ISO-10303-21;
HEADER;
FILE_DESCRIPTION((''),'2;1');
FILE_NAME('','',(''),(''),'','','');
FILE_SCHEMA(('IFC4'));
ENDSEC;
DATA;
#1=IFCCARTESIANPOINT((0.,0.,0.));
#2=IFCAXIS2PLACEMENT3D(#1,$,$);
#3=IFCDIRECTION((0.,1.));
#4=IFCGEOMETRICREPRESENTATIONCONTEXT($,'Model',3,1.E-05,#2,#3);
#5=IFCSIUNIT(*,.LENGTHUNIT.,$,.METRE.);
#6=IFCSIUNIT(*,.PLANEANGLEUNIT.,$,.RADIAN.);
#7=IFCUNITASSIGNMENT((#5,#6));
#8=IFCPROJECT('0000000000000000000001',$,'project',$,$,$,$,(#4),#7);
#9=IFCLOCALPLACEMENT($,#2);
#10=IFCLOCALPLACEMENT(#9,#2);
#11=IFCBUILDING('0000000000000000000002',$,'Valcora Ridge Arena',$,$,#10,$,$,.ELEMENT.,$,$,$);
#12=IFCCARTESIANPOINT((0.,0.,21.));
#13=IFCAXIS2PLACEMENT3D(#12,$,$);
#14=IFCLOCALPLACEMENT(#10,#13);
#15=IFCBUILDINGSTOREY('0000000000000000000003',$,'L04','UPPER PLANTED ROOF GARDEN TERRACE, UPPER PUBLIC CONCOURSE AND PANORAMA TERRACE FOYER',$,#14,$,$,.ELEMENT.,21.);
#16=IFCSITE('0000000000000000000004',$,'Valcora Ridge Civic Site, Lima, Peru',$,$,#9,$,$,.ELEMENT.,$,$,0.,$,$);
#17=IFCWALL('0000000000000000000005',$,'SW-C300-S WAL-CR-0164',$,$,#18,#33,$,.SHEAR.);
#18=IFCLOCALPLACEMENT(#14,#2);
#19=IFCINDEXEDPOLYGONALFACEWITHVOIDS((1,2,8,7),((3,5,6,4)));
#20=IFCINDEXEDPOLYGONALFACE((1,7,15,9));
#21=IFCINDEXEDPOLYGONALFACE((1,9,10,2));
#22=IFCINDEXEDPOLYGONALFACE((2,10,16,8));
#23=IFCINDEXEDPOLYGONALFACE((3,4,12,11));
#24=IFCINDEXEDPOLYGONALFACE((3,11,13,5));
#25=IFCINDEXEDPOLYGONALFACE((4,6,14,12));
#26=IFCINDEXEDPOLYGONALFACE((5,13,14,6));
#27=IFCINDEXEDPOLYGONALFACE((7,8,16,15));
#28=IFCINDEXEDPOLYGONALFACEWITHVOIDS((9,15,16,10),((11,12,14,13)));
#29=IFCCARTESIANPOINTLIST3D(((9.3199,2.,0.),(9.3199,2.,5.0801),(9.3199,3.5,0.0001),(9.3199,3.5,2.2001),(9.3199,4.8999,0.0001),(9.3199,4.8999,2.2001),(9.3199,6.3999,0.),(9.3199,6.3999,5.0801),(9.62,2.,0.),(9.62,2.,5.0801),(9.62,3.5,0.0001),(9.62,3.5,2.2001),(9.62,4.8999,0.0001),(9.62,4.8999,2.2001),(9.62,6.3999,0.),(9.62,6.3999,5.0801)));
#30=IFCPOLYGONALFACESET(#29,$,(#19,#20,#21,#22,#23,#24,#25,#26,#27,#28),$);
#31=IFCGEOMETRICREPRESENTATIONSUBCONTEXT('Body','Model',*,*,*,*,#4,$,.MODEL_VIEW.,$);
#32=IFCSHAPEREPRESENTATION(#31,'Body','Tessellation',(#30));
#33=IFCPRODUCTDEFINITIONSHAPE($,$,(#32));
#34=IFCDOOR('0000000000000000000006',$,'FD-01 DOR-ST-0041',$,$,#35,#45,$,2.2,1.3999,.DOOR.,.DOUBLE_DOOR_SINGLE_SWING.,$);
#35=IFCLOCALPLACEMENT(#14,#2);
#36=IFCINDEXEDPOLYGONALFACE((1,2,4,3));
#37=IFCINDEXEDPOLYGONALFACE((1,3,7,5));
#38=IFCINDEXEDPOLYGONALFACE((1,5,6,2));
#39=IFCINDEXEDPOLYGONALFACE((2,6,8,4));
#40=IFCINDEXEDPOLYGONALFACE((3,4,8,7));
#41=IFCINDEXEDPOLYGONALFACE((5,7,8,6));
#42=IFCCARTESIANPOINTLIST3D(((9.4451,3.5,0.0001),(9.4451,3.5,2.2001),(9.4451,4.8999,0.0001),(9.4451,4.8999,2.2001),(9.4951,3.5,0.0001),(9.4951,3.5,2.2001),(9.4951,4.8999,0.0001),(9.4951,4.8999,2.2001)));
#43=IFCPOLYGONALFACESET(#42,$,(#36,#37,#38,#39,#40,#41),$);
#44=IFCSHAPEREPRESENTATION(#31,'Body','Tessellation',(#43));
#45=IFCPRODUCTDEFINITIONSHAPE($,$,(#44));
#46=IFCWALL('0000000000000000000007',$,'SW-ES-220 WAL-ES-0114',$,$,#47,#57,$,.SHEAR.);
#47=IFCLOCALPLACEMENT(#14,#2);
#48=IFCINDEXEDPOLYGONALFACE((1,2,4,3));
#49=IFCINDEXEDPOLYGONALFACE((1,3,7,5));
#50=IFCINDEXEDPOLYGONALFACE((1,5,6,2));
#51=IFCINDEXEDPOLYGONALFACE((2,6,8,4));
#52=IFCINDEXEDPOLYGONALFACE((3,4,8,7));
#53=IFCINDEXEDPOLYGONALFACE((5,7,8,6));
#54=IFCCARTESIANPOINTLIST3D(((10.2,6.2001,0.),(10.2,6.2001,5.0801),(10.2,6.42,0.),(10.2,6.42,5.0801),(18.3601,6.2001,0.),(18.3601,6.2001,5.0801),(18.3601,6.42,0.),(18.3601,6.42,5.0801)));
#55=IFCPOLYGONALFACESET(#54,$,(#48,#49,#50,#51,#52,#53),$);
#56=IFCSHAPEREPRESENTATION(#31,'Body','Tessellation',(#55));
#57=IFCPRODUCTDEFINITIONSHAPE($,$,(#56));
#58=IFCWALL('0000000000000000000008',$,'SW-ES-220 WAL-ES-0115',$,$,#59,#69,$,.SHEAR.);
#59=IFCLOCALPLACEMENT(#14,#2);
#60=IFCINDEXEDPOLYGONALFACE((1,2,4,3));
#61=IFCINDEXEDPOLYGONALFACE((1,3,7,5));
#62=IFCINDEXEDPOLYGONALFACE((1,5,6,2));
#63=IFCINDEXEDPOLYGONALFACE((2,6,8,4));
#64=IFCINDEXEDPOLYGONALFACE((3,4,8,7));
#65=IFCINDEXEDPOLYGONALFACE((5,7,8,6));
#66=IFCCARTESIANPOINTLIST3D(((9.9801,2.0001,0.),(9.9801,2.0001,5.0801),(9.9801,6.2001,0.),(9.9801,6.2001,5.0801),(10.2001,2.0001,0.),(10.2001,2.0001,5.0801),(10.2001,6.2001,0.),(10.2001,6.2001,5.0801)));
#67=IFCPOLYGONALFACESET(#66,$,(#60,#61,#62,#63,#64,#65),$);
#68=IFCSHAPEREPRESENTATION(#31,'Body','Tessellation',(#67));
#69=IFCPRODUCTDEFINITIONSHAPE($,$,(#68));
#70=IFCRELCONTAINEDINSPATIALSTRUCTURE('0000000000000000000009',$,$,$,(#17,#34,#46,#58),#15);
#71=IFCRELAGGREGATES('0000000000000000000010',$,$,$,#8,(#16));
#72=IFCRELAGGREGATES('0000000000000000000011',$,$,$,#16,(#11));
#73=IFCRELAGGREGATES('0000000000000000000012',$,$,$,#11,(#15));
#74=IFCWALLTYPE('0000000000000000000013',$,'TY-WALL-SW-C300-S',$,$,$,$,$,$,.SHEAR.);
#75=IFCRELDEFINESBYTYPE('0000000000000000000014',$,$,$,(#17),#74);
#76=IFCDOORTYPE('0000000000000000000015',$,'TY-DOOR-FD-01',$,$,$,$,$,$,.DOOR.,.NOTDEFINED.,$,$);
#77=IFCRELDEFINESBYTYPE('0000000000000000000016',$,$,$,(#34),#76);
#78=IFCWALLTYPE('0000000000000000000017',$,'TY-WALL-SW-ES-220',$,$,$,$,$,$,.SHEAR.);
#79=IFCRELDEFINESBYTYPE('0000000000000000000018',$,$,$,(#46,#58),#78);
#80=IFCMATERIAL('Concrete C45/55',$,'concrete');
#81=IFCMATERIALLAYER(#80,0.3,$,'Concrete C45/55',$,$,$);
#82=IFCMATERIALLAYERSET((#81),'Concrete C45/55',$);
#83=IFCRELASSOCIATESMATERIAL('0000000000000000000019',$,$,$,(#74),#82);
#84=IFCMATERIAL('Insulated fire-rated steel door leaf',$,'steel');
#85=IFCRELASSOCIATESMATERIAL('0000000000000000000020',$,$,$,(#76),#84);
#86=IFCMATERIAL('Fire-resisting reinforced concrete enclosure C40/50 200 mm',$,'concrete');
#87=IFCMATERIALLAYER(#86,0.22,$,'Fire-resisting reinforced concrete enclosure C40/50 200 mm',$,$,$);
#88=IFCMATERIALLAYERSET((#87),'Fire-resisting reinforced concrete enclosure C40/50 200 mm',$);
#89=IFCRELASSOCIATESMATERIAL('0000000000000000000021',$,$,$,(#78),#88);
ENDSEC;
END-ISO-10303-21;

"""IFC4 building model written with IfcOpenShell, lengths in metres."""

from ifc_helpers import new_model, si_unit, direction, frame, frame_2d, origin, place, context, subcontext, project, spatial, rectangle, extrude, material, layer, layer_set, type_object, element, fill, save


model = new_model("IFC4")

# Units and contexts
model_context = context("Model", 3, precision=1e-05, world=origin(), true_north=direction((0.0, 1.0)))
body_context = subcontext(model_context, "Body", "Model", "MODEL_VIEW")
ifc_project = project(units=[si_unit("LENGTHUNIT", "METRE"), si_unit("PLANEANGLEUNIT", "RADIAN")], contexts=[model_context])

# Site, building, storey
site_placement = place(None, origin())
site = spatial("IfcSite", under=ifc_project, at=site_placement, Name="Valcora Ridge Civic Site, Lima, Peru", CompositionType="ELEMENT", RefElevation=0.0)
building_placement = place(site_placement, origin())
building = spatial("IfcBuilding", under=site, at=building_placement, Name="Valcora Ridge Arena", CompositionType="ELEMENT")
storey_placement = place(building_placement, frame((0.0, 0.0, 21.0)))
storey = spatial("IfcBuildingStorey", under=building, at=storey_placement, Name="L04", Description="UPPER PLANTED ROOF GARDEN TERRACE, UPPER PUBLIC CONCOURSE AND PANORAMA TERRACE FOYER", CompositionType="ELEMENT", Elevation=21.0)

# Shared definitions
ifc_material_1 = material(Name="Concrete C45/55", Category="concrete")
ifc_layer_1 = layer(ifc_material_1, 0.3, Name="Concrete C45/55")
ifc_layer_set_1 = layer_set([ifc_layer_1], Name="Concrete C45/55")
wall_type_1 = type_object("IfcWallType", Name="TY-WALL-SW-C300-S", PredefinedType="SHEAR", material=ifc_layer_set_1)

# Wall, opening, door
wall_1_placement = place(storey_placement, frame((9.47, 2.0, 0.0), z_axis=(0.0, 0.0, 1.0), x_axis=(0.0, 1.0, 0.0)))
wall_1 = element("IfcWall", 1, at=wall_1_placement, inside=storey, type_object=wall_type_1, Name="SW-C300-S WAL-CR-0164", PredefinedType="SHEAR", context=body_context, shape_type="SweptSolid", body=[
    extrude(rectangle(XDim=4.3999, YDim=0.3, at=frame_2d((2.2, 0.0))), origin(), (0.0, 0.0, 1.0), 5.0801),
])
opening_placement = place(wall_1_placement, frame((1.5, 0.0, 0.0)))
opening = element("IfcOpeningElement", 2, at=opening_placement, cuts=wall_1, PredefinedType="OPENING", context=body_context, shape_type="SweptSolid", body=[
    extrude(rectangle(XDim=1.3999, YDim=2.2, at=frame_2d((0.7, 1.1001))), frame((0.0, 0.1599, 0.0), z_axis=(0.0, -1.0, 0.0), x_axis=(1.0, 0.0, 0.0)), (0.0, 0.0, 1.0), 0.3201),
])
ifc_material_2 = material(Name="Insulated fire-rated steel door leaf", Category="steel")
door_type = type_object("IfcDoorType", Name="TY-DOOR-FD-01", OperationType="NOTDEFINED", PredefinedType="DOOR", material=ifc_material_2)
door_placement = place(opening_placement, origin())
door = element("IfcDoor", 3, at=door_placement, inside=storey, type_object=door_type, Name="FD-01 DOR-ST-0041", OperationType="DOUBLE_DOOR_SINGLE_SWING", OverallHeight=2.2, OverallWidth=1.3999, PredefinedType="DOOR", context=body_context, shape_type="SweptSolid", body=[
    extrude(rectangle(XDim=1.3999, YDim=2.2, at=frame_2d((0.7, 1.1001))), frame((0.0, 0.0249, 0.0), z_axis=(0.0, -1.0, 0.0), x_axis=(1.0, 0.0, 0.0)), (0.0, 0.0, 1.0), 0.05),
])
fill(opening, door)

# Walls
ifc_material_3 = material(Name="Fire-resisting reinforced concrete enclosure C40/50 200 mm", Category="concrete")
ifc_layer_2 = layer(ifc_material_3, 0.22, Name="Fire-resisting reinforced concrete enclosure C40/50 200 mm")
ifc_layer_set_2 = layer_set([ifc_layer_2], Name="Fire-resisting reinforced concrete enclosure C40/50 200 mm")
wall_type_2 = type_object("IfcWallType", Name="TY-WALL-SW-ES-220", PredefinedType="SHEAR", material=ifc_layer_set_2)
wall_2_placement = place(storey_placement, frame((10.2, 6.3101, 0.0), z_axis=(0.0, 0.0, 1.0), x_axis=(1.0, 0.0, 0.0)))
element("IfcWall", 4, at=wall_2_placement, inside=storey, type_object=wall_type_2, Name="SW-ES-220 WAL-ES-0114", PredefinedType="SHEAR", context=body_context, shape_type="SweptSolid", body=[
    extrude(rectangle(XDim=8.1602, YDim=0.22, at=frame_2d((4.0801, 0.0))), origin(), (0.0, 0.0, 1.0), 5.0801),
])
wall_3_placement = place(storey_placement, frame((10.0901, 2.0, 0.0), z_axis=(0.0, 0.0, 1.0), x_axis=(0.0, 1.0, 0.0)))
element("IfcWall", 5, at=wall_3_placement, inside=storey, type_object=wall_type_2, Name="SW-ES-220 WAL-ES-0115", PredefinedType="SHEAR", context=body_context, shape_type="SweptSolid", body=[
    extrude(rectangle(XDim=4.2, YDim=0.22, at=frame_2d((2.1001, 0.0))), origin(), (0.0, 0.0, 1.0), 5.0801),
])

save(model, "model.ifc")
